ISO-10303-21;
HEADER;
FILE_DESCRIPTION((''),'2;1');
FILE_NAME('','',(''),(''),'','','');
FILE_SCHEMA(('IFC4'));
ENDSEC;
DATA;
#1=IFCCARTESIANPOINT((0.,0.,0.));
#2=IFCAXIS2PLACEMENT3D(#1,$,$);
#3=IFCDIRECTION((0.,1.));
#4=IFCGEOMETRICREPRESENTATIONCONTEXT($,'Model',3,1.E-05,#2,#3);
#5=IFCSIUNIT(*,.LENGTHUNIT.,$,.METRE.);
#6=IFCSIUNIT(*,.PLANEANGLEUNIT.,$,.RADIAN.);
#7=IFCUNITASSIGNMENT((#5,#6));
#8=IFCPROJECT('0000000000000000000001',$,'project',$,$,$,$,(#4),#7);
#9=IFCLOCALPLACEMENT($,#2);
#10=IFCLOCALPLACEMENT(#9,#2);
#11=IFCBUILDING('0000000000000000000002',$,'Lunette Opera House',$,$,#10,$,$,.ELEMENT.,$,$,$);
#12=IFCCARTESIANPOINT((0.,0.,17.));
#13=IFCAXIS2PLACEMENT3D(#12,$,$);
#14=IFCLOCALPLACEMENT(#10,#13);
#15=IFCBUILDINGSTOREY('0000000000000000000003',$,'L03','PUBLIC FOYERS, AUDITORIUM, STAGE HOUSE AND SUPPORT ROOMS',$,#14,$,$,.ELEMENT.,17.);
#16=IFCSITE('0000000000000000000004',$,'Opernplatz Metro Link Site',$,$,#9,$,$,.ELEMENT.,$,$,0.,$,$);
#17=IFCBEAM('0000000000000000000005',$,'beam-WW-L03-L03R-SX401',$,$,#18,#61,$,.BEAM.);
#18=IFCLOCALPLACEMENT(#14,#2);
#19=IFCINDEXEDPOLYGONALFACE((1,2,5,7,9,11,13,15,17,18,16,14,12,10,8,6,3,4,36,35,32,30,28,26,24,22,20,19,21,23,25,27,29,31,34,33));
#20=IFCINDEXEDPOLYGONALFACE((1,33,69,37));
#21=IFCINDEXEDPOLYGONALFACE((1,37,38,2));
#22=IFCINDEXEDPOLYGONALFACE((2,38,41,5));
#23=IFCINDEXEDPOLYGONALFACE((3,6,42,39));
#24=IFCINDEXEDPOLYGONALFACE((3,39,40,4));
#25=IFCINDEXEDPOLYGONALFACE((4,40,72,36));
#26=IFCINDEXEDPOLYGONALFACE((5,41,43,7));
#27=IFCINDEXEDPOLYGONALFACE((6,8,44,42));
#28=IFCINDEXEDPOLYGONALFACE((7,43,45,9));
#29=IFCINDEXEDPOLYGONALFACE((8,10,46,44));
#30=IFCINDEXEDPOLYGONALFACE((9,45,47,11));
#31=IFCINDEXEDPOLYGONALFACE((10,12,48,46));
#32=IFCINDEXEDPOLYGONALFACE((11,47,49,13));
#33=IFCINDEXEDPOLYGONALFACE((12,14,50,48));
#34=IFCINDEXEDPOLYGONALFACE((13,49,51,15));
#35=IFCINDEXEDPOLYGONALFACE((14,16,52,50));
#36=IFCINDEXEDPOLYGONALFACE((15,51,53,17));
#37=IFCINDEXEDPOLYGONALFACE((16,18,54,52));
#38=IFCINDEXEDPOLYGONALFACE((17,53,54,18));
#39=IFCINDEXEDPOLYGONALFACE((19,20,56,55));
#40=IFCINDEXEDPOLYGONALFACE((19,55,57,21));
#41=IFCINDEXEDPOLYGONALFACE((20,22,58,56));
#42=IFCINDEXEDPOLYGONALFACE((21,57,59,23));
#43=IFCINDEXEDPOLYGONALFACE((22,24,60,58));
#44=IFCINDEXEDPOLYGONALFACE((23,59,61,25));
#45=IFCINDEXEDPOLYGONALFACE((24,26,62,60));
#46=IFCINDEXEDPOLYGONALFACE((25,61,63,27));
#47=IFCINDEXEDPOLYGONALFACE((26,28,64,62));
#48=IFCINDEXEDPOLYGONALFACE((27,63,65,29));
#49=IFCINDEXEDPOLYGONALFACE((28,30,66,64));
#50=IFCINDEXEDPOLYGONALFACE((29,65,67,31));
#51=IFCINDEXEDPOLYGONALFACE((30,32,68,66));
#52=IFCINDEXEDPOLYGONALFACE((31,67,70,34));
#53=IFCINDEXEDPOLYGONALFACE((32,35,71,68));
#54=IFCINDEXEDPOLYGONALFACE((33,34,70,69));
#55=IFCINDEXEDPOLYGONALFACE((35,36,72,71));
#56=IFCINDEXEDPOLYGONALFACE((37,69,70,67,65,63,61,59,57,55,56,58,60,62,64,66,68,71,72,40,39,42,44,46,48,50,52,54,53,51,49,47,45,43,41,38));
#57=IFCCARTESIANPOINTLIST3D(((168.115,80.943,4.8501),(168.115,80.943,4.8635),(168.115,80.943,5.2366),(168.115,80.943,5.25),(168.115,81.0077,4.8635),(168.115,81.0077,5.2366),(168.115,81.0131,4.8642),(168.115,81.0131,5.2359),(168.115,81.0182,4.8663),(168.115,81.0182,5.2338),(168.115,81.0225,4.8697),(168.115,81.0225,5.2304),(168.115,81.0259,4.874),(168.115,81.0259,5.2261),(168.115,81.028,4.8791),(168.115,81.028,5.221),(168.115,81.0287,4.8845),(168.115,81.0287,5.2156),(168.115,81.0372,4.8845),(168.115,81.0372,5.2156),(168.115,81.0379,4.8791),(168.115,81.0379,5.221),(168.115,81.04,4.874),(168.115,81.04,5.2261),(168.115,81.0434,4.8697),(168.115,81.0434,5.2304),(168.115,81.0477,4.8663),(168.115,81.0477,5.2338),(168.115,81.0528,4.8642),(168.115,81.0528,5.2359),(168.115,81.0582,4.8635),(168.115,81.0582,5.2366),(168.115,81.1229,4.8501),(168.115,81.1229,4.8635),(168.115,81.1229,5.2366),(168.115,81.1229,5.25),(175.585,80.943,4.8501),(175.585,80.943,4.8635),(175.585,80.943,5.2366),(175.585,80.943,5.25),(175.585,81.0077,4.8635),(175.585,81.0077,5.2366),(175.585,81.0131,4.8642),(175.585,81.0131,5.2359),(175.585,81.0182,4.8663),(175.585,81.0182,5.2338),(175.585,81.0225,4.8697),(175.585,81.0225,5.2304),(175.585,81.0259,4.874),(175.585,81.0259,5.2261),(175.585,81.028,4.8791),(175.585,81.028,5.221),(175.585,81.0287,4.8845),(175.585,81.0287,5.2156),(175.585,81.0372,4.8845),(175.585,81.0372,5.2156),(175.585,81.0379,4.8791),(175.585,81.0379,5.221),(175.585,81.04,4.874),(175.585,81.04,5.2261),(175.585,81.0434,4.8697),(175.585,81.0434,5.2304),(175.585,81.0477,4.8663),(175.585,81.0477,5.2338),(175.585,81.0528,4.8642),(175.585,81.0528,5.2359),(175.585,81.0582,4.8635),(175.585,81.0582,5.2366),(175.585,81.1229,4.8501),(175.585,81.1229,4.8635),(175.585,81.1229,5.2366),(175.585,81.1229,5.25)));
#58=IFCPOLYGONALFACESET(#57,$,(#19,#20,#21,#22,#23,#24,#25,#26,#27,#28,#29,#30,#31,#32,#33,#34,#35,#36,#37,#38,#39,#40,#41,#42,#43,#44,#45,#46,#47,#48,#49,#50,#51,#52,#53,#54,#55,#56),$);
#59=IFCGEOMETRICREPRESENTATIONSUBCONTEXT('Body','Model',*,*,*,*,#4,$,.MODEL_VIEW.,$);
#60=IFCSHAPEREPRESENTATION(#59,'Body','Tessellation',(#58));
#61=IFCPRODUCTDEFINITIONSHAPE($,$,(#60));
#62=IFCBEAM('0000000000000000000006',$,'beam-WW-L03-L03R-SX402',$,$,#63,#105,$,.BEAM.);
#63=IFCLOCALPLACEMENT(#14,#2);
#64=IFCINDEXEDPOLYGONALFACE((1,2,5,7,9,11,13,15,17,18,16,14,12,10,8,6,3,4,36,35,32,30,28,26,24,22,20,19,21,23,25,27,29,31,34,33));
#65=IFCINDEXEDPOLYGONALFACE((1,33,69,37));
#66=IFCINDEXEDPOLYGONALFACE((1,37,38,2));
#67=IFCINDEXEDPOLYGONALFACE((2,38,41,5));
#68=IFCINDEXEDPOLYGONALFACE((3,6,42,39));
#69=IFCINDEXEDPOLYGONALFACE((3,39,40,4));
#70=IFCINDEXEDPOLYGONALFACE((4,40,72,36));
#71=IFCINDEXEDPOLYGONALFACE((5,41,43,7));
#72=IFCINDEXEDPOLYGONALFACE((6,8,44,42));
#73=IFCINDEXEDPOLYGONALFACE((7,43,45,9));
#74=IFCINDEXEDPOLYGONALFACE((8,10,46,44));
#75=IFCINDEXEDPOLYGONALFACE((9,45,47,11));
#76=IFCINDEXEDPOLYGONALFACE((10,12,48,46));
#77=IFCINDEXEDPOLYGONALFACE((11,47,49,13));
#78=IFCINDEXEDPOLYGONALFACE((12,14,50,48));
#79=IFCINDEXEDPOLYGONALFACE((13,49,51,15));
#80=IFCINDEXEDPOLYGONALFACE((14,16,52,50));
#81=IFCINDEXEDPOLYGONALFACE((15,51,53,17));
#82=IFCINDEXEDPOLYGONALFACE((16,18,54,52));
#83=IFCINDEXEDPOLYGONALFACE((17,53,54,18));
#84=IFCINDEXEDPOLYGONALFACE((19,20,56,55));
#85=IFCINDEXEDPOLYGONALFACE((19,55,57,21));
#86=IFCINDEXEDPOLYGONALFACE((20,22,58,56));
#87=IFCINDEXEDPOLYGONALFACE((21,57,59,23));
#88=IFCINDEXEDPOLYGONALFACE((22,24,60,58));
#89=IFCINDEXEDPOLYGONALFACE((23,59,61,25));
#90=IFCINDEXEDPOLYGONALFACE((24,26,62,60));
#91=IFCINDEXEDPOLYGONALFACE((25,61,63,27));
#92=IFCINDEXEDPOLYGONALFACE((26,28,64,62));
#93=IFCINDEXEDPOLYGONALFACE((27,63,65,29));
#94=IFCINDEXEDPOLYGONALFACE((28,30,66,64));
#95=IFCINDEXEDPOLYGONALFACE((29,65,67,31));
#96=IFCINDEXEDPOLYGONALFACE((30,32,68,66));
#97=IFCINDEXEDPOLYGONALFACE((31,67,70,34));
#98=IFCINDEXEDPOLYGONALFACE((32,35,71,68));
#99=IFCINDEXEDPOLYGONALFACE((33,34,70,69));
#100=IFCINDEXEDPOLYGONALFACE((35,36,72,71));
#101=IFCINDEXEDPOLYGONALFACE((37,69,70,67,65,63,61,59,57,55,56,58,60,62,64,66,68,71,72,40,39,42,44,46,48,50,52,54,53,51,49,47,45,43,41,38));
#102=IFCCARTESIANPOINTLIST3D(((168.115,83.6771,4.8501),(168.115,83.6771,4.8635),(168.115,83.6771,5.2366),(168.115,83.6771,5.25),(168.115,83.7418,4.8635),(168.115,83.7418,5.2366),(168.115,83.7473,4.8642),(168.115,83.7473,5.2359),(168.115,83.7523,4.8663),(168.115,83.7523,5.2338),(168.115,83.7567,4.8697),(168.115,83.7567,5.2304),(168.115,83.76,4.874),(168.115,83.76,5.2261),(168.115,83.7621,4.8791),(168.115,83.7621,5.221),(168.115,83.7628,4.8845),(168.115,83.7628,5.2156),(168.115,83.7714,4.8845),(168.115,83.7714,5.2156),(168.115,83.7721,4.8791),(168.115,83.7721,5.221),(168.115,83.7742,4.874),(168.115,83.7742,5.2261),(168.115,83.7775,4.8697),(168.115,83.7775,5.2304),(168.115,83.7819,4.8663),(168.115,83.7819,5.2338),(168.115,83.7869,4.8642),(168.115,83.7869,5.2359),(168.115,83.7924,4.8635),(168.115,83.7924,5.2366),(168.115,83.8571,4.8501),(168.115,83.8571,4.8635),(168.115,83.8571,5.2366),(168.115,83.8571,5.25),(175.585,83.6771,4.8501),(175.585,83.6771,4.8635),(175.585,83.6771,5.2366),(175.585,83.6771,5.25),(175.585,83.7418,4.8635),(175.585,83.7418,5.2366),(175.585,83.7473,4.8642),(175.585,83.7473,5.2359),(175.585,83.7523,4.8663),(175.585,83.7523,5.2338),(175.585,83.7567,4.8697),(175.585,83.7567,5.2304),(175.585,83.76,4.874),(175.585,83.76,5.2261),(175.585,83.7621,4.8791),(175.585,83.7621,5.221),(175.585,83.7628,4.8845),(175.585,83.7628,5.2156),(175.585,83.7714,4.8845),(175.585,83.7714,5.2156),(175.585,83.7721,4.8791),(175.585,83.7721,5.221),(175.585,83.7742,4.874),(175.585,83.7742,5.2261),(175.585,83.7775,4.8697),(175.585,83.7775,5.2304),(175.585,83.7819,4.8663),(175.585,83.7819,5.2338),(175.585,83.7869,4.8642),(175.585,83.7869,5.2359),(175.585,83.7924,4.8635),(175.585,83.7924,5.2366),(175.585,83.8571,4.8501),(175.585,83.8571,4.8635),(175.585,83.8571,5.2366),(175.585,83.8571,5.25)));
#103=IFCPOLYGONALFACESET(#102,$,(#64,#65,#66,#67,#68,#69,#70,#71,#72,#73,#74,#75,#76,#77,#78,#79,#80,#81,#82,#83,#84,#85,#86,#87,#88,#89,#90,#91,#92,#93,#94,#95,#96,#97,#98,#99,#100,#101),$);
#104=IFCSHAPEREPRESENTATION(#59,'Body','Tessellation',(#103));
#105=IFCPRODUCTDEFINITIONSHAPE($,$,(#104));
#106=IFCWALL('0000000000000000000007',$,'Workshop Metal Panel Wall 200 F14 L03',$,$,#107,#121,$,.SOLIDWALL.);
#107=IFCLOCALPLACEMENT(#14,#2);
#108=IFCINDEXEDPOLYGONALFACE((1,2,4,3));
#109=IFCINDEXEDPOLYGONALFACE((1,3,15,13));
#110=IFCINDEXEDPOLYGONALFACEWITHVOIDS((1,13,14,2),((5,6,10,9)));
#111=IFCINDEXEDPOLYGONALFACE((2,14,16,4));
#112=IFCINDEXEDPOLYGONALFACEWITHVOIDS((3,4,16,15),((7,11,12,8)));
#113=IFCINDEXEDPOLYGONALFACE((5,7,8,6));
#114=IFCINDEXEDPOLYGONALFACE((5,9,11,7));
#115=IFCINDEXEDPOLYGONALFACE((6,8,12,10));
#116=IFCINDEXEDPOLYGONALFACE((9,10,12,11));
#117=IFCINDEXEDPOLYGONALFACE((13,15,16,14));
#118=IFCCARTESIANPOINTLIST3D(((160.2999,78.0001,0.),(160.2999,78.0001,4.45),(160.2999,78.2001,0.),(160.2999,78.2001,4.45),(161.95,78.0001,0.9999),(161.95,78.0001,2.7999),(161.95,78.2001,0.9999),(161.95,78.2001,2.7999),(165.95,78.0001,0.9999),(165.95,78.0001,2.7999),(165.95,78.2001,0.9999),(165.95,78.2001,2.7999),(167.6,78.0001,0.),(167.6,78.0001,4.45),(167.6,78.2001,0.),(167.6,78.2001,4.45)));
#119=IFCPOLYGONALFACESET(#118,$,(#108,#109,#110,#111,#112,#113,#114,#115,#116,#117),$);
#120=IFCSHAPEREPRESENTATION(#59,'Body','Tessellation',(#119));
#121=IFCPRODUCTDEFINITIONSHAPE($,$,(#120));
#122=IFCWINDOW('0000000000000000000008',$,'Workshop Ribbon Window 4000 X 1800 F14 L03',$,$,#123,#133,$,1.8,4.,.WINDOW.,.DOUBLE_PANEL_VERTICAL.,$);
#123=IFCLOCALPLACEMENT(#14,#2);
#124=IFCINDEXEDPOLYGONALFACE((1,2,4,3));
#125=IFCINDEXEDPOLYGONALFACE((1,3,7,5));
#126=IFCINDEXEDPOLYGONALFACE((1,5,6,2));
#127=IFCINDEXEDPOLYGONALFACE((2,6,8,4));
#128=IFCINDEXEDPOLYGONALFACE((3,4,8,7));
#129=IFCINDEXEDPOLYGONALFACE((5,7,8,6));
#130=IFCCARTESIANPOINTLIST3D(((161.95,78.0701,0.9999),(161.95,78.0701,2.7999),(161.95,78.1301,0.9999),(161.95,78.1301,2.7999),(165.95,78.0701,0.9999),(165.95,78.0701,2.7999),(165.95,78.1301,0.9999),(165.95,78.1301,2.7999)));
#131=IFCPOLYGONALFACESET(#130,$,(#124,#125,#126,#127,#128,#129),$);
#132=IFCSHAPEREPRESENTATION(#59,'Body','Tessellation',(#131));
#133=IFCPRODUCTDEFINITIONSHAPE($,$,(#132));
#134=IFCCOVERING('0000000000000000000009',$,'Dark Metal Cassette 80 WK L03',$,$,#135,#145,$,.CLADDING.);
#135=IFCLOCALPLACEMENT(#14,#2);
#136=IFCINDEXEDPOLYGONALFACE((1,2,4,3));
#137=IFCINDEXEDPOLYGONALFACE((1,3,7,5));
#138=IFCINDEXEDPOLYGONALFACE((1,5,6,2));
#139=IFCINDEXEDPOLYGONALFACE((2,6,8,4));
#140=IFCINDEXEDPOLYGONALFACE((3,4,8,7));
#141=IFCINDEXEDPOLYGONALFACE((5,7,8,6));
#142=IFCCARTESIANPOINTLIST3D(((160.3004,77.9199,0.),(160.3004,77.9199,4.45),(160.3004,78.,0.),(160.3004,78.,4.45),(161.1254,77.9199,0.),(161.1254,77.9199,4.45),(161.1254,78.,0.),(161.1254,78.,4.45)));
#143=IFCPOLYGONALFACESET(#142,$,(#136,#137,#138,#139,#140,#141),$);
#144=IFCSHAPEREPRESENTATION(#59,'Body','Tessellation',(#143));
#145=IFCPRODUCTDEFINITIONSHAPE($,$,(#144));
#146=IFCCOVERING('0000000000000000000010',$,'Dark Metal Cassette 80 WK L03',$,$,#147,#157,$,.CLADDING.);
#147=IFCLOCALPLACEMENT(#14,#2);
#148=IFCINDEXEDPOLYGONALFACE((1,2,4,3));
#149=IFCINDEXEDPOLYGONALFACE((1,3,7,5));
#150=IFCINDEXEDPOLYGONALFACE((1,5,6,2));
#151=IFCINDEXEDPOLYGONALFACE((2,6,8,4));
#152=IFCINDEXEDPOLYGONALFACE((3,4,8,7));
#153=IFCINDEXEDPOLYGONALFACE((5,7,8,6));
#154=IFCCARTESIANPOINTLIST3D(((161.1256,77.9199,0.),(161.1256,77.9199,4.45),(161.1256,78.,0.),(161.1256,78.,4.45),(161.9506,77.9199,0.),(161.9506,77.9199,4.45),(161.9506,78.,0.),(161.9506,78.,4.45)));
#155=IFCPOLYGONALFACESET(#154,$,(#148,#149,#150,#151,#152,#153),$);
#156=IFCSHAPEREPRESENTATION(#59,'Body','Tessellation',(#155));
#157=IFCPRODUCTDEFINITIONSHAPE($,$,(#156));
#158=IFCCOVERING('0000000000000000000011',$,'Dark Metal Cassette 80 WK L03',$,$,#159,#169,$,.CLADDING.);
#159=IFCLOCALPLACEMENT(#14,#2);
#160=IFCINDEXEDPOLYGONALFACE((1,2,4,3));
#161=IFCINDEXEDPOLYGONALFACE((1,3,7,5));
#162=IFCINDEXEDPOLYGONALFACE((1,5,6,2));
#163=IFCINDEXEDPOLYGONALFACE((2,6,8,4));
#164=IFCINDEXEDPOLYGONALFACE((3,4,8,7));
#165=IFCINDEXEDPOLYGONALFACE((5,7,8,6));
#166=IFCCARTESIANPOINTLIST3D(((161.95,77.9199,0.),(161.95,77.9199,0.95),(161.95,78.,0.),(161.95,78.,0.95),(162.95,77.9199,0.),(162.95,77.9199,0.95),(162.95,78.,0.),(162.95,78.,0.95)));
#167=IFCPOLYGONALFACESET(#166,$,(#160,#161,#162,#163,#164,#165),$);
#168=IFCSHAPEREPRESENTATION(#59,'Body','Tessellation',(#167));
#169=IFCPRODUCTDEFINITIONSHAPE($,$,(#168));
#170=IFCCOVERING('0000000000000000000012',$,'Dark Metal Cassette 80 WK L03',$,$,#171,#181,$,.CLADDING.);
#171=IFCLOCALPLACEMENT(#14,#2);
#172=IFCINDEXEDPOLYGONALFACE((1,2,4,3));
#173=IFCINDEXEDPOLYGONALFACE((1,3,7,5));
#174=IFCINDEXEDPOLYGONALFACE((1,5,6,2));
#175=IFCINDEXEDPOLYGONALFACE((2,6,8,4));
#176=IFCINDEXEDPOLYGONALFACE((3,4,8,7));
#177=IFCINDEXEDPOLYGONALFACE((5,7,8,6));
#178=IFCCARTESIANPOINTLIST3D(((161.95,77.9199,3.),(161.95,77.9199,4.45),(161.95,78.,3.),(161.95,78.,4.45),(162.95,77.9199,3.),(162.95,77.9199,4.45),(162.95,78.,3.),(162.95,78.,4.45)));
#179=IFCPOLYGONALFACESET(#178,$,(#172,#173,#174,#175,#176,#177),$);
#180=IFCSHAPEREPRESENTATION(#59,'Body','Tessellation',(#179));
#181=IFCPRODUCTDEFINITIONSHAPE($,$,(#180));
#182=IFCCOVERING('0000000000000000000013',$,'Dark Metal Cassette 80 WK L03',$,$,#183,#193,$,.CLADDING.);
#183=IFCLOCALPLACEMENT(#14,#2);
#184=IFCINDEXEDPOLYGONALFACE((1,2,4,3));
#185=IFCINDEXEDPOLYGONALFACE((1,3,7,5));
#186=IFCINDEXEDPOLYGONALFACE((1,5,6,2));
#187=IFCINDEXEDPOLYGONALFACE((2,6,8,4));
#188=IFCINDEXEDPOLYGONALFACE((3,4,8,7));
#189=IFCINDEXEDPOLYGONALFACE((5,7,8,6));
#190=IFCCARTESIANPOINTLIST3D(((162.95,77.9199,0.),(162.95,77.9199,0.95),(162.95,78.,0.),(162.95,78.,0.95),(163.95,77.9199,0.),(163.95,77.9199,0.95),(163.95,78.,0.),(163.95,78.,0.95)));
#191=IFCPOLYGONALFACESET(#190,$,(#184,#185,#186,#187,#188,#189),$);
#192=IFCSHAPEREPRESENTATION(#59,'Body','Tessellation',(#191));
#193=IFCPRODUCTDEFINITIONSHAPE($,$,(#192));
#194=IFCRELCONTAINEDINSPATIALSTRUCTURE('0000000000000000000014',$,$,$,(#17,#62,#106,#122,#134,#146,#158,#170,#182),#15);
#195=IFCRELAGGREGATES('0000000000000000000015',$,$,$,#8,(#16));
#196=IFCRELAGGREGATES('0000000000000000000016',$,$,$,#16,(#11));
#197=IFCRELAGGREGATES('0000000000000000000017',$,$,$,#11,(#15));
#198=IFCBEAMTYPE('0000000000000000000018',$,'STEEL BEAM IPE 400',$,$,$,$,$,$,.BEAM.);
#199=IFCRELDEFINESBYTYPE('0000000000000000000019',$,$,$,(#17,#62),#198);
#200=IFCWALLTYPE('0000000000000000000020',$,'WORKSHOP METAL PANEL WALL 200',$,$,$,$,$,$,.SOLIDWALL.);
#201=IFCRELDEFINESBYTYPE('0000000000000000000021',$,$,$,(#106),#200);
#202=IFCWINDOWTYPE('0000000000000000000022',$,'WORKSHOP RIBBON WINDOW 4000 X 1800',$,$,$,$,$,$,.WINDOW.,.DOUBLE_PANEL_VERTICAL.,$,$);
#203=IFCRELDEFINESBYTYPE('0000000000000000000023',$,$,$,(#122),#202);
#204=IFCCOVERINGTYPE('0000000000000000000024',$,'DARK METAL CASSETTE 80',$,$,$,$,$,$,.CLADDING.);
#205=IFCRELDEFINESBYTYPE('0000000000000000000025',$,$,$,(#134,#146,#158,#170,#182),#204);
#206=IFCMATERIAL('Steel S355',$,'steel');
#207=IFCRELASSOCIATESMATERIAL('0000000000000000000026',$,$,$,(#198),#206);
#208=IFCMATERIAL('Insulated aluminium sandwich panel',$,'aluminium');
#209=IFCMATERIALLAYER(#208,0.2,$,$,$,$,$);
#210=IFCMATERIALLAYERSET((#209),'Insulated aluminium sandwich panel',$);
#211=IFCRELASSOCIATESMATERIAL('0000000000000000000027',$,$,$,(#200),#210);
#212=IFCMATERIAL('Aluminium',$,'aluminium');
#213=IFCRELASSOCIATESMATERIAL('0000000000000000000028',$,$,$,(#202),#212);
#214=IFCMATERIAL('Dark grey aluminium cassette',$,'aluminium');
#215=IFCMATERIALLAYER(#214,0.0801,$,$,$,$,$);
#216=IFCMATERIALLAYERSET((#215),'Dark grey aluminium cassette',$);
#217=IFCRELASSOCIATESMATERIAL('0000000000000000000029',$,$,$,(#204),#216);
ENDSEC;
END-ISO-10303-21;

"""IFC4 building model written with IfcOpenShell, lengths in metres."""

from ifc_helpers import new_model, si_unit, direction, frame, frame_2d, origin, origin_2d, place, context, subcontext, project, spatial, rectangle, i_section, extrude, material, layer, layer_set, material_profile, profile_set, type_object, element, fill, save


model = new_model("IFC4")

# Units and contexts
model_context = context("Model", 3, precision=1e-05, world=origin(), true_north=direction((0.0, 1.0)))
body_context = subcontext(model_context, "Body", "Model", "MODEL_VIEW")
ifc_project = project(units=[si_unit("LENGTHUNIT", "METRE"), si_unit("PLANEANGLEUNIT", "RADIAN")], contexts=[model_context])

# Site, building, storey
site_placement = place(None, origin())
site = spatial("IfcSite", under=ifc_project, at=site_placement, Name="Opernplatz Metro Link Site", CompositionType="ELEMENT", RefElevation=0.0)
building_placement = place(site_placement, origin())
building = spatial("IfcBuilding", under=site, at=building_placement, Name="Lunette Opera House", CompositionType="ELEMENT")
storey_placement = place(building_placement, frame((0.0, 0.0, 17.0)))
storey = spatial("IfcBuildingStorey", under=building, at=storey_placement, Name="L03", Description="PUBLIC FOYERS, AUDITORIUM, STAGE HOUSE AND SUPPORT ROOMS", CompositionType="ELEMENT", Elevation=17.0)

# Beams
ifc_material_1 = material(Name="Steel S355", Category="steel")
ifc_material_profile_1 = material_profile(ifc_material_1, i_section(OverallWidth=0.1799, OverallDepth=0.3999, WebThickness=0.0085, FlangeThickness=0.0134, FilletRadius=0.021, at=origin_2d()), Name="IPE 400")
ifc_profile_set_1 = profile_set([ifc_material_profile_1], Name="Steel S355")
beam_type_1 = type_object("IfcBeamType", Name="STEEL BEAM IPE 400", PredefinedType="BEAM", material=ifc_profile_set_1)
for number, where, z_axis, x_axis, name in (
    (1, (168.115, 81.033, 5.05), (1.0, 0.0, 0.0), (0.0, 1.0, 0.0), "beam-WW-L03-L03R-SX401"),
    (2, (168.115, 83.7671, 5.05), (1.0, 0.0, 0.0), (0.0, 1.0, 0.0), "beam-WW-L03-L03R-SX402"),
):
    element("IfcBeam", number, at=place(storey_placement, frame(where, z_axis=z_axis, x_axis=x_axis)), inside=storey, type_object=beam_type_1, Name=name, PredefinedType="BEAM", context=body_context, shape_type="SweptSolid", body=[
        extrude(i_section(OverallWidth=0.1799, OverallDepth=0.3999, WebThickness=0.0085, FlangeThickness=0.0134, FilletRadius=0.021, at=origin_2d()), origin(), (0.0, 0.0, 1.0), 7.47),
    ])

# Wall, opening, window
ifc_material_2 = material(Name="Insulated aluminium sandwich panel", Category="aluminium")
ifc_layer_1 = layer(ifc_material_2, 0.2)
ifc_layer_set_1 = layer_set([ifc_layer_1], Name="Insulated aluminium sandwich panel")
wall_type = type_object("IfcWallType", Name="WORKSHOP METAL PANEL WALL 200", PredefinedType="SOLIDWALL", material=ifc_layer_set_1)
wall_placement = place(storey_placement, frame((160.3, 78.1001, 0.0), z_axis=(0.0, 0.0, 1.0), x_axis=(1.0, 0.0, 0.0)))
wall = element("IfcWall", 3, at=wall_placement, inside=storey, type_object=wall_type, Name="Workshop Metal Panel Wall 200 F14 L03", PredefinedType="SOLIDWALL", context=body_context, shape_type="SweptSolid", body=[
    extrude(rectangle(XDim=7.3, YDim=0.2, at=frame_2d((3.6499, 0.0))), origin(), (0.0, 0.0, 1.0), 4.45),
])
opening_placement = place(wall_placement, frame((1.6499, 0.0, 1.0)))
opening = element("IfcOpeningElement", 4, at=opening_placement, cuts=wall, PredefinedType="OPENING", context=body_context, shape_type="SweptSolid", body=[
    extrude(rectangle(XDim=4.0, YDim=1.8, at=frame_2d((2.0, 0.8999))), frame((0.0, 0.1121, 0.0), z_axis=(0.0, -1.0, 0.0), x_axis=(1.0, 0.0, 0.0)), (0.0, 0.0, 1.0), 0.2239),
])
ifc_material_3 = material(Name="Aluminium", Category="aluminium")
window_type = type_object("IfcWindowType", Name="WORKSHOP RIBBON WINDOW 4000 X 1800", PartitioningType="DOUBLE_PANEL_VERTICAL", PredefinedType="WINDOW", material=ifc_material_3)
window_placement = place(opening_placement, origin())
window = element("IfcWindow", 5, at=window_placement, inside=storey, type_object=window_type, Name="Workshop Ribbon Window 4000 X 1800 F14 L03", OverallHeight=1.8, OverallWidth=4.0, PartitioningType="DOUBLE_PANEL_VERTICAL", PredefinedType="WINDOW", context=body_context, shape_type="SweptSolid", body=[
    extrude(rectangle(XDim=4.0, YDim=1.8, at=frame_2d((2.0, 0.8999))), frame((0.0, 0.03, 0.0), z_axis=(0.0, -1.0, 0.0), x_axis=(1.0, 0.0, 0.0)), (0.0, 0.0, 1.0), 0.0601),
])
fill(opening, window)

# Coverings
ifc_material_4 = material(Name="Dark grey aluminium cassette", Category="aluminium")
ifc_layer_2 = layer(ifc_material_4, 0.0801)
ifc_layer_set_2 = layer_set([ifc_layer_2], Name="Dark grey aluminium cassette")
covering_type = type_object("IfcCoveringType", Name="DARK METAL CASSETTE 80", PredefinedType="CLADDING", material=ifc_layer_set_2)
for number, where, z_axis, x_axis, name in (
    (6, (160.7129, 77.96, 0.0), (0.0, 0.0, 1.0), (1.0, 0.0, 0.0), "Dark Metal Cassette 80 WK L03"),
    (7, (161.5381, 77.96, 0.0), (0.0, 0.0, 1.0), (1.0, 0.0, 0.0), "Dark Metal Cassette 80 WK L03"),
):
    element("IfcCovering", number, at=place(storey_placement, frame(where, z_axis=z_axis, x_axis=x_axis)), inside=storey, type_object=covering_type, Name=name, PredefinedType="CLADDING", context=body_context, shape_type="SweptSolid", body=[
        extrude(rectangle(XDim=0.825, YDim=0.0801, at=origin_2d()), origin(), (0.0, 0.0, 1.0), 4.45),
    ])
covering_1_placement = place(storey_placement, frame((162.45, 77.96, 0.0), z_axis=(0.0, 0.0, 1.0), x_axis=(1.0, 0.0, 0.0)))
element("IfcCovering", 8, at=covering_1_placement, inside=storey, type_object=covering_type, Name="Dark Metal Cassette 80 WK L03", PredefinedType="CLADDING", context=body_context, shape_type="SweptSolid", body=[
    extrude(rectangle(XDim=1.0, YDim=0.0801, at=origin_2d()), origin(), (0.0, 0.0, 1.0), 0.95),
])
covering_2_placement = place(storey_placement, frame((162.45, 77.96, 3.0), z_axis=(0.0, 0.0, 1.0), x_axis=(1.0, 0.0, 0.0)))
element("IfcCovering", 9, at=covering_2_placement, inside=storey, type_object=covering_type, Name="Dark Metal Cassette 80 WK L03", PredefinedType="CLADDING", context=body_context, shape_type="SweptSolid", body=[
    extrude(rectangle(XDim=1.0, YDim=0.0801, at=origin_2d()), origin(), (0.0, 0.0, 1.0), 1.45),
])
covering_3_placement = place(storey_placement, frame((163.45, 77.96, 0.0), z_axis=(0.0, 0.0, 1.0), x_axis=(1.0, 0.0, 0.0)))
element("IfcCovering", 10, at=covering_3_placement, inside=storey, type_object=covering_type, Name="Dark Metal Cassette 80 WK L03", PredefinedType="CLADDING", context=body_context, shape_type="SweptSolid", body=[
    extrude(rectangle(XDim=1.0, YDim=0.0801, at=origin_2d()), origin(), (0.0, 0.0, 1.0), 0.95),
])

save(model, "model.ifc")
